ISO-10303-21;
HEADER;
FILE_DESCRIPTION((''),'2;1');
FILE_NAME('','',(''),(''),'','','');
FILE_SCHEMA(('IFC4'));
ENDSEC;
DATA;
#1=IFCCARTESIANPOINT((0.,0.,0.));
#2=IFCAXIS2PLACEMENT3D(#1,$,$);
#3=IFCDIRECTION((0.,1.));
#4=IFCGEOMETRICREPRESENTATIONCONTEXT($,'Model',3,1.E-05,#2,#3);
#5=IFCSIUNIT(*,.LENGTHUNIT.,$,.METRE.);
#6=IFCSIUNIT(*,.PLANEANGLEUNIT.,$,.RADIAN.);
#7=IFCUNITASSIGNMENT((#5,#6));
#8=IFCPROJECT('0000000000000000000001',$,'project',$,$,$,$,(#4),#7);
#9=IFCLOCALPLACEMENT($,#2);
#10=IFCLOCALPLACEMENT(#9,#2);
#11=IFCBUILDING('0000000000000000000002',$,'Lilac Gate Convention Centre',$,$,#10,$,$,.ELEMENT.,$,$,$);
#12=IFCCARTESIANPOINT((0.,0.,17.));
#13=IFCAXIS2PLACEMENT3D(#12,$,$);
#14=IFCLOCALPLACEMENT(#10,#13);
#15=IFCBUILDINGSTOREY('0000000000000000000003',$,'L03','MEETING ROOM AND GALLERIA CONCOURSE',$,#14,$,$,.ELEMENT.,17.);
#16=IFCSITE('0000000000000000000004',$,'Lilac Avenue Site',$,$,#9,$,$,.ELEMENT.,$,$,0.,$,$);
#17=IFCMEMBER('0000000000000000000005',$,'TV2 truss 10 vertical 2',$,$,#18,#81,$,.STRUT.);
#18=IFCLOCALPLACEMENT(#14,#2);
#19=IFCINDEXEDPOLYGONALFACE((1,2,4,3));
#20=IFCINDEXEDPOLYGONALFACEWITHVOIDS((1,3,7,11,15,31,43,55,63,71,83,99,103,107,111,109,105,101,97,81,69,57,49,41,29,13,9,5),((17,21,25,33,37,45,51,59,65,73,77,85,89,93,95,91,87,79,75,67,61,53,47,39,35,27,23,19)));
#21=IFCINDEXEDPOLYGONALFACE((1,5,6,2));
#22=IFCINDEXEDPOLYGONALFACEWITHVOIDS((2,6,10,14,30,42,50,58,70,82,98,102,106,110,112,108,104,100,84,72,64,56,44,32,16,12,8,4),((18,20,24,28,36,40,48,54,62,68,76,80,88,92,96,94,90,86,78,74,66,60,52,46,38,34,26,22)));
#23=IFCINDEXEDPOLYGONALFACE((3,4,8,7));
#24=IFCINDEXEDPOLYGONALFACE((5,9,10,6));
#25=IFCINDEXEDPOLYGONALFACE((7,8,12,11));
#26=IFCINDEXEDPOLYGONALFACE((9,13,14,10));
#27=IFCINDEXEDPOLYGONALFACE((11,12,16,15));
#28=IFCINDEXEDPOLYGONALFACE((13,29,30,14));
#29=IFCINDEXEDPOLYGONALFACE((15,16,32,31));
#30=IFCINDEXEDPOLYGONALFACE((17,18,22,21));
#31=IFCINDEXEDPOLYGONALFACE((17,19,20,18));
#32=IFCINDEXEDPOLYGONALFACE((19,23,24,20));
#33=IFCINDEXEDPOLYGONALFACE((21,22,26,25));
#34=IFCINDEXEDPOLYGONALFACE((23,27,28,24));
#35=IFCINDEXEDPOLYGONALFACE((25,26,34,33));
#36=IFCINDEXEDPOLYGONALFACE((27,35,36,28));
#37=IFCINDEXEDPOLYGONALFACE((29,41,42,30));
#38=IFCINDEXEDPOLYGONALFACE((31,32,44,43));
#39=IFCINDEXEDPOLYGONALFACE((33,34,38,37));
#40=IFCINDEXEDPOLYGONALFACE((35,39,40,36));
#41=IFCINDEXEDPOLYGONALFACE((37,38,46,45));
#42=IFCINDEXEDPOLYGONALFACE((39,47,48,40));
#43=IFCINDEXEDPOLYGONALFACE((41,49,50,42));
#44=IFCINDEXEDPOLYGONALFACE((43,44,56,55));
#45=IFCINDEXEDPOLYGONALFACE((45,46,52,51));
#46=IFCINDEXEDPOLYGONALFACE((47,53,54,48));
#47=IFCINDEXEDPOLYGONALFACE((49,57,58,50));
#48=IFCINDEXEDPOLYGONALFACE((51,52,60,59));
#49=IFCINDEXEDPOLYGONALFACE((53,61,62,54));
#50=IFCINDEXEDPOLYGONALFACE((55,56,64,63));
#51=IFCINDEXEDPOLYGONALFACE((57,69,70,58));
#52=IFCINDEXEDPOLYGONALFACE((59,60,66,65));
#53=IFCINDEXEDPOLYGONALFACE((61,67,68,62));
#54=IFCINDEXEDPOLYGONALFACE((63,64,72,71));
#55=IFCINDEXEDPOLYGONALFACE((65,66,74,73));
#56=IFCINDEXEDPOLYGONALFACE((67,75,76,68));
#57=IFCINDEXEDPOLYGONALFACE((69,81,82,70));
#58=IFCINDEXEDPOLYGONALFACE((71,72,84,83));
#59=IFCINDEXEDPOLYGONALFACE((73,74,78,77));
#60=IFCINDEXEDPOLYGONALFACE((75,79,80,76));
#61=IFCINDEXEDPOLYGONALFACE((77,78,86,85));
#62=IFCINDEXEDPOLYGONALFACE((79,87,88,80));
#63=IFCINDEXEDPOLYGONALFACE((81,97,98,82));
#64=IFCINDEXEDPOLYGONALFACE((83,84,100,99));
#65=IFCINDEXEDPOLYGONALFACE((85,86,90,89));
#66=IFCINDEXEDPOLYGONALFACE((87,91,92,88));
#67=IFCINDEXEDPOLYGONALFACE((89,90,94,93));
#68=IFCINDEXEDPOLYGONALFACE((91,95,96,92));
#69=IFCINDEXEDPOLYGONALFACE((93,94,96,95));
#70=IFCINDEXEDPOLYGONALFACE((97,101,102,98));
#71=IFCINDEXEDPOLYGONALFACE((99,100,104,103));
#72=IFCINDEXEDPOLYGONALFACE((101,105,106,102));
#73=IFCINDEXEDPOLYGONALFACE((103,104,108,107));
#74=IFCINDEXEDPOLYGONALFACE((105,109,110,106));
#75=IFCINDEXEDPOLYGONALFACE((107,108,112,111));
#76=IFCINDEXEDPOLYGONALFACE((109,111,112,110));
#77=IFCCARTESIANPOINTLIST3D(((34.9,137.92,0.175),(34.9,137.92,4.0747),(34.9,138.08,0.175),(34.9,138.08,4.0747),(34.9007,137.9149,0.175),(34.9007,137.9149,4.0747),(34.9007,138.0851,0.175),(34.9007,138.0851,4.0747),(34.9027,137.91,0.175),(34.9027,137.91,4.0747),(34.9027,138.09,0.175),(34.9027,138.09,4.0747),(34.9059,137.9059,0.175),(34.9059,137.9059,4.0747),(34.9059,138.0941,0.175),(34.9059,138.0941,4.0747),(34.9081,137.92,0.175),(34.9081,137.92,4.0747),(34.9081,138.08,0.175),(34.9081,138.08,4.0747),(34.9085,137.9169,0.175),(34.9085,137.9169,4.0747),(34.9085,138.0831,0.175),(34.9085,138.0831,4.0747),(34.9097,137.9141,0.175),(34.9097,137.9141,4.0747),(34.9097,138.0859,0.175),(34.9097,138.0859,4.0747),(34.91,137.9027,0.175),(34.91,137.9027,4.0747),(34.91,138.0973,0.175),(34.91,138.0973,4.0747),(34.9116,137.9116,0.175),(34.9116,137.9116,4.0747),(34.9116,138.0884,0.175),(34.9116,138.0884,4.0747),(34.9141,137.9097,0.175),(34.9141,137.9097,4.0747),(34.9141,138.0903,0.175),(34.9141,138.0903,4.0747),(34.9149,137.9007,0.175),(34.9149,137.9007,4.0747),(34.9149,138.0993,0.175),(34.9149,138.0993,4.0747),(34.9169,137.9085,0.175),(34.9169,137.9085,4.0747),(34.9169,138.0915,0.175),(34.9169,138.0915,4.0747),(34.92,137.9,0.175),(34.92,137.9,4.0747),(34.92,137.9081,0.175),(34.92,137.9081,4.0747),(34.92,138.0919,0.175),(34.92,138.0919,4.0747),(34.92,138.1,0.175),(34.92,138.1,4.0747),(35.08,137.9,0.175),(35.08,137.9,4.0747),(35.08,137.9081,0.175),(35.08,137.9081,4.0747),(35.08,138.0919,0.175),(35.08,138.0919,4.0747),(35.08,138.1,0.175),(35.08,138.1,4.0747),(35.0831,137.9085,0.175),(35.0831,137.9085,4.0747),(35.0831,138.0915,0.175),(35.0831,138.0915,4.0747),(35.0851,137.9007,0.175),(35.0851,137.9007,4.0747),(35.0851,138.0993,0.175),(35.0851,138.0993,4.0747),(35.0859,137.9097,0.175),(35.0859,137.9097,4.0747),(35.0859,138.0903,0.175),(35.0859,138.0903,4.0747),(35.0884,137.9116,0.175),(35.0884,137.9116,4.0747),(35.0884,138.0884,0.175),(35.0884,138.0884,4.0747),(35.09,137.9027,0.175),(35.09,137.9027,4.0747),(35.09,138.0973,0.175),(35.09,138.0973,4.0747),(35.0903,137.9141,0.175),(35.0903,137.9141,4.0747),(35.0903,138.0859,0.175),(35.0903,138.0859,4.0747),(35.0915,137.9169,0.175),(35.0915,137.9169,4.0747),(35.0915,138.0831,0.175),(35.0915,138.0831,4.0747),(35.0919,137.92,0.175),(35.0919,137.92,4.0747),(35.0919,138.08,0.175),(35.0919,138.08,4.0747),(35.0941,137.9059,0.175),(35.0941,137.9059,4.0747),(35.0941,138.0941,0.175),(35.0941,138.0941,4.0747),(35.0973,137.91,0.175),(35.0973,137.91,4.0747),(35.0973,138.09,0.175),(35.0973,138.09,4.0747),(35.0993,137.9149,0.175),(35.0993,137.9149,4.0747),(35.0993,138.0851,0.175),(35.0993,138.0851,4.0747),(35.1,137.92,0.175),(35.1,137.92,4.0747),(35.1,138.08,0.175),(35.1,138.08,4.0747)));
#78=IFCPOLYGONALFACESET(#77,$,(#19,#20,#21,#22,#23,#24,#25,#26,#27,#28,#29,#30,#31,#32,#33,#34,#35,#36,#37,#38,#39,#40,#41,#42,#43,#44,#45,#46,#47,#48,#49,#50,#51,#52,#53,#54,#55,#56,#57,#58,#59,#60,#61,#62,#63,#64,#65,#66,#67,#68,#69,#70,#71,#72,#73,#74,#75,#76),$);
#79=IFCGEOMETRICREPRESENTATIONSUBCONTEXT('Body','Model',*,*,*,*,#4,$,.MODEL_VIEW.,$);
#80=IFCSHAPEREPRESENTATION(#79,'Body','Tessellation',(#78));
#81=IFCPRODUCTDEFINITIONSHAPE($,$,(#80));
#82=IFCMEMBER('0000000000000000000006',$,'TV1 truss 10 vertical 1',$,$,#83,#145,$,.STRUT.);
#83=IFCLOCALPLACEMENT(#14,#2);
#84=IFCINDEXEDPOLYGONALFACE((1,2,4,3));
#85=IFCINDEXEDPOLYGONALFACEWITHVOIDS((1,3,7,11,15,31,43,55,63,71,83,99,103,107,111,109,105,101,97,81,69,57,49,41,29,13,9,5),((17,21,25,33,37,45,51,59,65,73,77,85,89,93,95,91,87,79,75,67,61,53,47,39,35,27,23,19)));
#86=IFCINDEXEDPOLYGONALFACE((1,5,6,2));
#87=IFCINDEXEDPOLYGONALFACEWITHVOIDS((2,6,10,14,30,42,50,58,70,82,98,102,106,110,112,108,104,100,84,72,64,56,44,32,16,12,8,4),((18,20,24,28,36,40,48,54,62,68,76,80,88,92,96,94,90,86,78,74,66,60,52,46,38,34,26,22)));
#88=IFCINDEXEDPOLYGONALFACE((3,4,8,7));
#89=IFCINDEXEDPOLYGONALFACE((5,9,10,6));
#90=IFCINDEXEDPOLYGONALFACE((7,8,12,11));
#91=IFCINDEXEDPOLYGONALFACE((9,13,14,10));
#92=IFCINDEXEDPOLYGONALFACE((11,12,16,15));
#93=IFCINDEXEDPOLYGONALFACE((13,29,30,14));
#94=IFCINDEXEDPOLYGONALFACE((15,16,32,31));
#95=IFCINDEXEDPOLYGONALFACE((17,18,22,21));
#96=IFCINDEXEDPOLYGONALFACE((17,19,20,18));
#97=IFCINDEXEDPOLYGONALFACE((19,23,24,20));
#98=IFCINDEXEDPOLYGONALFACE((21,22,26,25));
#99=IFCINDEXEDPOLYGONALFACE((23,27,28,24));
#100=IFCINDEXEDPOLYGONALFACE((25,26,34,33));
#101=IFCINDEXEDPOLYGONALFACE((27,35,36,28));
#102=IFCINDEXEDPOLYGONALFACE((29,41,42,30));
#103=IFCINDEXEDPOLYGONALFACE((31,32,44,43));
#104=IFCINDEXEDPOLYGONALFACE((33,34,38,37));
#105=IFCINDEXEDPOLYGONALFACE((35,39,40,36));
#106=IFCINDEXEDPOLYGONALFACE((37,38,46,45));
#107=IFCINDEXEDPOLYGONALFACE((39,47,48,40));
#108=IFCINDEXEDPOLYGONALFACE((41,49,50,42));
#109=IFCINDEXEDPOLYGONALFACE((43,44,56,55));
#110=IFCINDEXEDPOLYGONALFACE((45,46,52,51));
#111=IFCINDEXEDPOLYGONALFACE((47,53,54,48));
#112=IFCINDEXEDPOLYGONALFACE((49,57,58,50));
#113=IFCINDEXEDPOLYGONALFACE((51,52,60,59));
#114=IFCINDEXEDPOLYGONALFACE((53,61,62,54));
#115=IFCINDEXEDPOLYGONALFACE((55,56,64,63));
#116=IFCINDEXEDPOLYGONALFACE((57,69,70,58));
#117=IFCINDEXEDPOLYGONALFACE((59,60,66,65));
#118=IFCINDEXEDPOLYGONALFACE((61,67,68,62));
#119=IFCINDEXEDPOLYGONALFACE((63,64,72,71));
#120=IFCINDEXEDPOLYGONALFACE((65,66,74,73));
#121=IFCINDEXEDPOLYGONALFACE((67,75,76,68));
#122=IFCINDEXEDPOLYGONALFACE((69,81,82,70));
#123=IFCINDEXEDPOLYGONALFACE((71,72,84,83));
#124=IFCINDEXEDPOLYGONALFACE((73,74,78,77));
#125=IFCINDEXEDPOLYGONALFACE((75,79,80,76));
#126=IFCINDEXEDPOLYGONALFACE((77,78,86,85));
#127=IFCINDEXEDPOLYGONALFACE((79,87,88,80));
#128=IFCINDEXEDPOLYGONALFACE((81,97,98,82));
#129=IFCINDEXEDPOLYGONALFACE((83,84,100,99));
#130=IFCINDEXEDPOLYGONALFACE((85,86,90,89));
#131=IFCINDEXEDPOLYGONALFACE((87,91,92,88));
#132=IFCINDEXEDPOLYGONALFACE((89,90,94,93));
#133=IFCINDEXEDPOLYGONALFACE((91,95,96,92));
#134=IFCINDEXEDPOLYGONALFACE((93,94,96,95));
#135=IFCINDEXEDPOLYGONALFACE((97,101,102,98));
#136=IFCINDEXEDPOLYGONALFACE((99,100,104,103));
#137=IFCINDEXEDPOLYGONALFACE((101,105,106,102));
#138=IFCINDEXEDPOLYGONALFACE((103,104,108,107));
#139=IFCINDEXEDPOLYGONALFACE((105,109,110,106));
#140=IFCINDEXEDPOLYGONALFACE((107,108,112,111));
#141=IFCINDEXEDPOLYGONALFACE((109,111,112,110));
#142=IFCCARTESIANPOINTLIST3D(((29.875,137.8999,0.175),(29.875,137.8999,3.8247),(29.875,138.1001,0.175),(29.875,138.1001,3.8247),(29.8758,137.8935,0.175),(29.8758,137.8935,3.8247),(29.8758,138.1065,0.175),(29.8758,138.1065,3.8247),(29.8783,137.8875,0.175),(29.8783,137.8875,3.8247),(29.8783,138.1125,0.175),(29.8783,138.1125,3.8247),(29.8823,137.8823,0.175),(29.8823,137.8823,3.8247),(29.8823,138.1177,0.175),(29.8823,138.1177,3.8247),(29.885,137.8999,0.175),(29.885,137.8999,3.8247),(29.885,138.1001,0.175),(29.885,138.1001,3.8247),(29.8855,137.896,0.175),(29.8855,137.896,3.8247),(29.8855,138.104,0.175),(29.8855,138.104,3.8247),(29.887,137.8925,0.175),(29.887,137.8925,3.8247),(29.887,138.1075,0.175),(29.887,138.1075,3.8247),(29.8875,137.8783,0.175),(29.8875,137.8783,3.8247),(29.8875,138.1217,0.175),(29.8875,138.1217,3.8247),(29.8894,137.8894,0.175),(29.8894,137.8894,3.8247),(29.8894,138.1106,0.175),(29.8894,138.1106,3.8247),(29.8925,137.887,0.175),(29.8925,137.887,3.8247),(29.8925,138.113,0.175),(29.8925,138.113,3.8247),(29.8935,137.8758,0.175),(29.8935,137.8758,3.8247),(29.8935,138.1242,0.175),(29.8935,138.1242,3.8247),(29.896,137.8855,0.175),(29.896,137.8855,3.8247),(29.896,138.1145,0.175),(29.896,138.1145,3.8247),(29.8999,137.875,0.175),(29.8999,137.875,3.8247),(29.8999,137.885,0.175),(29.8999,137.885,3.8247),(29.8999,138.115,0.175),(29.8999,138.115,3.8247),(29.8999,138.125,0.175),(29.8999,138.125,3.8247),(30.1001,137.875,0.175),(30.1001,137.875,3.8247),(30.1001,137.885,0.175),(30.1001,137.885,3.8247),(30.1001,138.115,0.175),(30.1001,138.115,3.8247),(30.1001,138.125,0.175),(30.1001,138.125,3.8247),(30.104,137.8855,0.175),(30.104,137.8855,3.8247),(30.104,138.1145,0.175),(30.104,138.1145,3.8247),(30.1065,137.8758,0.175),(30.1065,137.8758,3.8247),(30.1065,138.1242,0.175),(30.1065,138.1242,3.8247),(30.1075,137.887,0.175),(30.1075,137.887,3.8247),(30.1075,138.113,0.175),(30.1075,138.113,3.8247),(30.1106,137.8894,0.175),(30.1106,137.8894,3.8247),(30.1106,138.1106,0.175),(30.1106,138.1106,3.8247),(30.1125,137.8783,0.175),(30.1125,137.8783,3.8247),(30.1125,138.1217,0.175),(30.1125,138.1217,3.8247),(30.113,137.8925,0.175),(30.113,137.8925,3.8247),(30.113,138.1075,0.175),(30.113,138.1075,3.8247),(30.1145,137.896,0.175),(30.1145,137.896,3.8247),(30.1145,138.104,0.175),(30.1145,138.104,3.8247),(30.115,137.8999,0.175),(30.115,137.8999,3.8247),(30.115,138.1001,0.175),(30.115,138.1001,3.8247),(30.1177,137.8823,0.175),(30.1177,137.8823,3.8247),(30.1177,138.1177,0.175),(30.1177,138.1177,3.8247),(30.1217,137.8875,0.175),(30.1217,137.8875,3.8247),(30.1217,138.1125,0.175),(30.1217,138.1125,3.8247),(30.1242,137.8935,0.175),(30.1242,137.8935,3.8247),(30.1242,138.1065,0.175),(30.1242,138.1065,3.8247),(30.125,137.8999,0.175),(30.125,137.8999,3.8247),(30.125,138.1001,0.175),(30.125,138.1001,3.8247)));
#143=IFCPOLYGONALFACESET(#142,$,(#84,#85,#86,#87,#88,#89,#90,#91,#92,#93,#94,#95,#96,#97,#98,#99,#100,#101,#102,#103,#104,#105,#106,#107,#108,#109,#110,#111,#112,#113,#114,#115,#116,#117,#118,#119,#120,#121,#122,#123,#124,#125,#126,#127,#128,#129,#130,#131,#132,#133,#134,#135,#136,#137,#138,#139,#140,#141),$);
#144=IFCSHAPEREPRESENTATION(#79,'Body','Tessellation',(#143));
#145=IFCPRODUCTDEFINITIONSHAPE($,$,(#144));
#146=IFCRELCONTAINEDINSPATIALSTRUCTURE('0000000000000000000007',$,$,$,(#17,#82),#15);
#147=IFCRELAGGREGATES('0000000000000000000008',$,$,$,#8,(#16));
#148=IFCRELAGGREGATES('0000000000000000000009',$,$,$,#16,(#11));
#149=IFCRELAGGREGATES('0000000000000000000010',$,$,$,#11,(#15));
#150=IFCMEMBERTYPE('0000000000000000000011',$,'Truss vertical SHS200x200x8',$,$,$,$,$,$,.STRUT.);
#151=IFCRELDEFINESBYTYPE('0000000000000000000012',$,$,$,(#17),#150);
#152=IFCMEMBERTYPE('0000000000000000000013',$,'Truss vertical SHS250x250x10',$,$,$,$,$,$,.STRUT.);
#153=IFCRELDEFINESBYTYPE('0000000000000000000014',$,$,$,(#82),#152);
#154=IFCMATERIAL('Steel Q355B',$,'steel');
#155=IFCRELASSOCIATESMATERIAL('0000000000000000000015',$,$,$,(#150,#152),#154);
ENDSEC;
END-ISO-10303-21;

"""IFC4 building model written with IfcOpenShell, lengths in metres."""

from ifc_helpers import new_model, si_unit, direction, frame, origin, origin_2d, place, context, subcontext, project, spatial, hollow_rectangle, extrude, material, material_profile, profile_set, type_object, element, save


model = new_model("IFC4")

# Units and contexts
model_context = context("Model", 3, precision=1e-05, world=origin(), true_north=direction((0.0, 1.0)))
body_context = subcontext(model_context, "Body", "Model", "MODEL_VIEW")
ifc_project = project(units=[si_unit("LENGTHUNIT", "METRE"), si_unit("PLANEANGLEUNIT", "RADIAN")], contexts=[model_context])

# Site, building, storey
site_placement = place(None, origin())
site = spatial("IfcSite", under=ifc_project, at=site_placement, Name="Lilac Avenue Site", CompositionType="ELEMENT", RefElevation=0.0)
building_placement = place(site_placement, origin())
building = spatial("IfcBuilding", under=site, at=building_placement, Name="Lilac Gate Convention Centre", CompositionType="ELEMENT")
storey_placement = place(building_placement, frame((0.0, 0.0, 17.0)))
storey = spatial("IfcBuildingStorey", under=building, at=storey_placement, Name="L03", Description="MEETING ROOM AND GALLERIA CONCOURSE", CompositionType="ELEMENT", Elevation=17.0)

# Members
ifc_material = material(Name="Steel Q355B", Category="steel")
ifc_material_profile_1 = material_profile(ifc_material, hollow_rectangle(XDim=0.2, YDim=0.2, WallThickness=0.0081, InnerFilletRadius=0.012, OuterFilletRadius=0.02, at=origin_2d()), Name="SHS200x200x8")
ifc_profile_set_1 = profile_set([ifc_material_profile_1], Name="Steel Q355B")
member_type_1 = type_object("IfcMemberType", Name="Truss vertical SHS200x200x8", PredefinedType="STRUT", material=ifc_profile_set_1)
member_1_placement = place(storey_placement, frame((35.0, 138.0, 0.175), z_axis=(0.0, 0.0, 1.0), x_axis=(1.0, 0.0, 0.0)))
element("IfcMember", 1, at=member_1_placement, inside=storey, type_object=member_type_1, Name="TV2 truss 10 vertical 2", PredefinedType="STRUT", context=body_context, shape_type="SweptSolid", body=[
    extrude(hollow_rectangle(XDim=0.2, YDim=0.2, WallThickness=0.0081, InnerFilletRadius=0.012, OuterFilletRadius=0.02, at=origin_2d()), origin(), (0.0, 0.0, 1.0), 3.8997),
])
ifc_material_profile_2 = material_profile(ifc_material, hollow_rectangle(XDim=0.25, YDim=0.25, WallThickness=0.01, InnerFilletRadius=0.0149, OuterFilletRadius=0.0249, at=origin_2d()), Name="SHS250x250x10")
ifc_profile_set_2 = profile_set([ifc_material_profile_2], Name="Steel Q355B")
member_type_2 = type_object("IfcMemberType", Name="Truss vertical SHS250x250x10", PredefinedType="STRUT", material=ifc_profile_set_2)
member_2_placement = place(storey_placement, frame((30.0, 138.0, 0.175), z_axis=(0.0, 0.0, 1.0), x_axis=(1.0, 0.0, 0.0)))
element("IfcMember", 2, at=member_2_placement, inside=storey, type_object=member_type_2, Name="TV1 truss 10 vertical 1", PredefinedType="STRUT", context=body_context, shape_type="SweptSolid", body=[
    extrude(hollow_rectangle(XDim=0.25, YDim=0.25, WallThickness=0.01, InnerFilletRadius=0.0149, OuterFilletRadius=0.0249, at=origin_2d()), origin(), (0.0, 0.0, 1.0), 3.6497),
])

save(model, "model.ifc")
